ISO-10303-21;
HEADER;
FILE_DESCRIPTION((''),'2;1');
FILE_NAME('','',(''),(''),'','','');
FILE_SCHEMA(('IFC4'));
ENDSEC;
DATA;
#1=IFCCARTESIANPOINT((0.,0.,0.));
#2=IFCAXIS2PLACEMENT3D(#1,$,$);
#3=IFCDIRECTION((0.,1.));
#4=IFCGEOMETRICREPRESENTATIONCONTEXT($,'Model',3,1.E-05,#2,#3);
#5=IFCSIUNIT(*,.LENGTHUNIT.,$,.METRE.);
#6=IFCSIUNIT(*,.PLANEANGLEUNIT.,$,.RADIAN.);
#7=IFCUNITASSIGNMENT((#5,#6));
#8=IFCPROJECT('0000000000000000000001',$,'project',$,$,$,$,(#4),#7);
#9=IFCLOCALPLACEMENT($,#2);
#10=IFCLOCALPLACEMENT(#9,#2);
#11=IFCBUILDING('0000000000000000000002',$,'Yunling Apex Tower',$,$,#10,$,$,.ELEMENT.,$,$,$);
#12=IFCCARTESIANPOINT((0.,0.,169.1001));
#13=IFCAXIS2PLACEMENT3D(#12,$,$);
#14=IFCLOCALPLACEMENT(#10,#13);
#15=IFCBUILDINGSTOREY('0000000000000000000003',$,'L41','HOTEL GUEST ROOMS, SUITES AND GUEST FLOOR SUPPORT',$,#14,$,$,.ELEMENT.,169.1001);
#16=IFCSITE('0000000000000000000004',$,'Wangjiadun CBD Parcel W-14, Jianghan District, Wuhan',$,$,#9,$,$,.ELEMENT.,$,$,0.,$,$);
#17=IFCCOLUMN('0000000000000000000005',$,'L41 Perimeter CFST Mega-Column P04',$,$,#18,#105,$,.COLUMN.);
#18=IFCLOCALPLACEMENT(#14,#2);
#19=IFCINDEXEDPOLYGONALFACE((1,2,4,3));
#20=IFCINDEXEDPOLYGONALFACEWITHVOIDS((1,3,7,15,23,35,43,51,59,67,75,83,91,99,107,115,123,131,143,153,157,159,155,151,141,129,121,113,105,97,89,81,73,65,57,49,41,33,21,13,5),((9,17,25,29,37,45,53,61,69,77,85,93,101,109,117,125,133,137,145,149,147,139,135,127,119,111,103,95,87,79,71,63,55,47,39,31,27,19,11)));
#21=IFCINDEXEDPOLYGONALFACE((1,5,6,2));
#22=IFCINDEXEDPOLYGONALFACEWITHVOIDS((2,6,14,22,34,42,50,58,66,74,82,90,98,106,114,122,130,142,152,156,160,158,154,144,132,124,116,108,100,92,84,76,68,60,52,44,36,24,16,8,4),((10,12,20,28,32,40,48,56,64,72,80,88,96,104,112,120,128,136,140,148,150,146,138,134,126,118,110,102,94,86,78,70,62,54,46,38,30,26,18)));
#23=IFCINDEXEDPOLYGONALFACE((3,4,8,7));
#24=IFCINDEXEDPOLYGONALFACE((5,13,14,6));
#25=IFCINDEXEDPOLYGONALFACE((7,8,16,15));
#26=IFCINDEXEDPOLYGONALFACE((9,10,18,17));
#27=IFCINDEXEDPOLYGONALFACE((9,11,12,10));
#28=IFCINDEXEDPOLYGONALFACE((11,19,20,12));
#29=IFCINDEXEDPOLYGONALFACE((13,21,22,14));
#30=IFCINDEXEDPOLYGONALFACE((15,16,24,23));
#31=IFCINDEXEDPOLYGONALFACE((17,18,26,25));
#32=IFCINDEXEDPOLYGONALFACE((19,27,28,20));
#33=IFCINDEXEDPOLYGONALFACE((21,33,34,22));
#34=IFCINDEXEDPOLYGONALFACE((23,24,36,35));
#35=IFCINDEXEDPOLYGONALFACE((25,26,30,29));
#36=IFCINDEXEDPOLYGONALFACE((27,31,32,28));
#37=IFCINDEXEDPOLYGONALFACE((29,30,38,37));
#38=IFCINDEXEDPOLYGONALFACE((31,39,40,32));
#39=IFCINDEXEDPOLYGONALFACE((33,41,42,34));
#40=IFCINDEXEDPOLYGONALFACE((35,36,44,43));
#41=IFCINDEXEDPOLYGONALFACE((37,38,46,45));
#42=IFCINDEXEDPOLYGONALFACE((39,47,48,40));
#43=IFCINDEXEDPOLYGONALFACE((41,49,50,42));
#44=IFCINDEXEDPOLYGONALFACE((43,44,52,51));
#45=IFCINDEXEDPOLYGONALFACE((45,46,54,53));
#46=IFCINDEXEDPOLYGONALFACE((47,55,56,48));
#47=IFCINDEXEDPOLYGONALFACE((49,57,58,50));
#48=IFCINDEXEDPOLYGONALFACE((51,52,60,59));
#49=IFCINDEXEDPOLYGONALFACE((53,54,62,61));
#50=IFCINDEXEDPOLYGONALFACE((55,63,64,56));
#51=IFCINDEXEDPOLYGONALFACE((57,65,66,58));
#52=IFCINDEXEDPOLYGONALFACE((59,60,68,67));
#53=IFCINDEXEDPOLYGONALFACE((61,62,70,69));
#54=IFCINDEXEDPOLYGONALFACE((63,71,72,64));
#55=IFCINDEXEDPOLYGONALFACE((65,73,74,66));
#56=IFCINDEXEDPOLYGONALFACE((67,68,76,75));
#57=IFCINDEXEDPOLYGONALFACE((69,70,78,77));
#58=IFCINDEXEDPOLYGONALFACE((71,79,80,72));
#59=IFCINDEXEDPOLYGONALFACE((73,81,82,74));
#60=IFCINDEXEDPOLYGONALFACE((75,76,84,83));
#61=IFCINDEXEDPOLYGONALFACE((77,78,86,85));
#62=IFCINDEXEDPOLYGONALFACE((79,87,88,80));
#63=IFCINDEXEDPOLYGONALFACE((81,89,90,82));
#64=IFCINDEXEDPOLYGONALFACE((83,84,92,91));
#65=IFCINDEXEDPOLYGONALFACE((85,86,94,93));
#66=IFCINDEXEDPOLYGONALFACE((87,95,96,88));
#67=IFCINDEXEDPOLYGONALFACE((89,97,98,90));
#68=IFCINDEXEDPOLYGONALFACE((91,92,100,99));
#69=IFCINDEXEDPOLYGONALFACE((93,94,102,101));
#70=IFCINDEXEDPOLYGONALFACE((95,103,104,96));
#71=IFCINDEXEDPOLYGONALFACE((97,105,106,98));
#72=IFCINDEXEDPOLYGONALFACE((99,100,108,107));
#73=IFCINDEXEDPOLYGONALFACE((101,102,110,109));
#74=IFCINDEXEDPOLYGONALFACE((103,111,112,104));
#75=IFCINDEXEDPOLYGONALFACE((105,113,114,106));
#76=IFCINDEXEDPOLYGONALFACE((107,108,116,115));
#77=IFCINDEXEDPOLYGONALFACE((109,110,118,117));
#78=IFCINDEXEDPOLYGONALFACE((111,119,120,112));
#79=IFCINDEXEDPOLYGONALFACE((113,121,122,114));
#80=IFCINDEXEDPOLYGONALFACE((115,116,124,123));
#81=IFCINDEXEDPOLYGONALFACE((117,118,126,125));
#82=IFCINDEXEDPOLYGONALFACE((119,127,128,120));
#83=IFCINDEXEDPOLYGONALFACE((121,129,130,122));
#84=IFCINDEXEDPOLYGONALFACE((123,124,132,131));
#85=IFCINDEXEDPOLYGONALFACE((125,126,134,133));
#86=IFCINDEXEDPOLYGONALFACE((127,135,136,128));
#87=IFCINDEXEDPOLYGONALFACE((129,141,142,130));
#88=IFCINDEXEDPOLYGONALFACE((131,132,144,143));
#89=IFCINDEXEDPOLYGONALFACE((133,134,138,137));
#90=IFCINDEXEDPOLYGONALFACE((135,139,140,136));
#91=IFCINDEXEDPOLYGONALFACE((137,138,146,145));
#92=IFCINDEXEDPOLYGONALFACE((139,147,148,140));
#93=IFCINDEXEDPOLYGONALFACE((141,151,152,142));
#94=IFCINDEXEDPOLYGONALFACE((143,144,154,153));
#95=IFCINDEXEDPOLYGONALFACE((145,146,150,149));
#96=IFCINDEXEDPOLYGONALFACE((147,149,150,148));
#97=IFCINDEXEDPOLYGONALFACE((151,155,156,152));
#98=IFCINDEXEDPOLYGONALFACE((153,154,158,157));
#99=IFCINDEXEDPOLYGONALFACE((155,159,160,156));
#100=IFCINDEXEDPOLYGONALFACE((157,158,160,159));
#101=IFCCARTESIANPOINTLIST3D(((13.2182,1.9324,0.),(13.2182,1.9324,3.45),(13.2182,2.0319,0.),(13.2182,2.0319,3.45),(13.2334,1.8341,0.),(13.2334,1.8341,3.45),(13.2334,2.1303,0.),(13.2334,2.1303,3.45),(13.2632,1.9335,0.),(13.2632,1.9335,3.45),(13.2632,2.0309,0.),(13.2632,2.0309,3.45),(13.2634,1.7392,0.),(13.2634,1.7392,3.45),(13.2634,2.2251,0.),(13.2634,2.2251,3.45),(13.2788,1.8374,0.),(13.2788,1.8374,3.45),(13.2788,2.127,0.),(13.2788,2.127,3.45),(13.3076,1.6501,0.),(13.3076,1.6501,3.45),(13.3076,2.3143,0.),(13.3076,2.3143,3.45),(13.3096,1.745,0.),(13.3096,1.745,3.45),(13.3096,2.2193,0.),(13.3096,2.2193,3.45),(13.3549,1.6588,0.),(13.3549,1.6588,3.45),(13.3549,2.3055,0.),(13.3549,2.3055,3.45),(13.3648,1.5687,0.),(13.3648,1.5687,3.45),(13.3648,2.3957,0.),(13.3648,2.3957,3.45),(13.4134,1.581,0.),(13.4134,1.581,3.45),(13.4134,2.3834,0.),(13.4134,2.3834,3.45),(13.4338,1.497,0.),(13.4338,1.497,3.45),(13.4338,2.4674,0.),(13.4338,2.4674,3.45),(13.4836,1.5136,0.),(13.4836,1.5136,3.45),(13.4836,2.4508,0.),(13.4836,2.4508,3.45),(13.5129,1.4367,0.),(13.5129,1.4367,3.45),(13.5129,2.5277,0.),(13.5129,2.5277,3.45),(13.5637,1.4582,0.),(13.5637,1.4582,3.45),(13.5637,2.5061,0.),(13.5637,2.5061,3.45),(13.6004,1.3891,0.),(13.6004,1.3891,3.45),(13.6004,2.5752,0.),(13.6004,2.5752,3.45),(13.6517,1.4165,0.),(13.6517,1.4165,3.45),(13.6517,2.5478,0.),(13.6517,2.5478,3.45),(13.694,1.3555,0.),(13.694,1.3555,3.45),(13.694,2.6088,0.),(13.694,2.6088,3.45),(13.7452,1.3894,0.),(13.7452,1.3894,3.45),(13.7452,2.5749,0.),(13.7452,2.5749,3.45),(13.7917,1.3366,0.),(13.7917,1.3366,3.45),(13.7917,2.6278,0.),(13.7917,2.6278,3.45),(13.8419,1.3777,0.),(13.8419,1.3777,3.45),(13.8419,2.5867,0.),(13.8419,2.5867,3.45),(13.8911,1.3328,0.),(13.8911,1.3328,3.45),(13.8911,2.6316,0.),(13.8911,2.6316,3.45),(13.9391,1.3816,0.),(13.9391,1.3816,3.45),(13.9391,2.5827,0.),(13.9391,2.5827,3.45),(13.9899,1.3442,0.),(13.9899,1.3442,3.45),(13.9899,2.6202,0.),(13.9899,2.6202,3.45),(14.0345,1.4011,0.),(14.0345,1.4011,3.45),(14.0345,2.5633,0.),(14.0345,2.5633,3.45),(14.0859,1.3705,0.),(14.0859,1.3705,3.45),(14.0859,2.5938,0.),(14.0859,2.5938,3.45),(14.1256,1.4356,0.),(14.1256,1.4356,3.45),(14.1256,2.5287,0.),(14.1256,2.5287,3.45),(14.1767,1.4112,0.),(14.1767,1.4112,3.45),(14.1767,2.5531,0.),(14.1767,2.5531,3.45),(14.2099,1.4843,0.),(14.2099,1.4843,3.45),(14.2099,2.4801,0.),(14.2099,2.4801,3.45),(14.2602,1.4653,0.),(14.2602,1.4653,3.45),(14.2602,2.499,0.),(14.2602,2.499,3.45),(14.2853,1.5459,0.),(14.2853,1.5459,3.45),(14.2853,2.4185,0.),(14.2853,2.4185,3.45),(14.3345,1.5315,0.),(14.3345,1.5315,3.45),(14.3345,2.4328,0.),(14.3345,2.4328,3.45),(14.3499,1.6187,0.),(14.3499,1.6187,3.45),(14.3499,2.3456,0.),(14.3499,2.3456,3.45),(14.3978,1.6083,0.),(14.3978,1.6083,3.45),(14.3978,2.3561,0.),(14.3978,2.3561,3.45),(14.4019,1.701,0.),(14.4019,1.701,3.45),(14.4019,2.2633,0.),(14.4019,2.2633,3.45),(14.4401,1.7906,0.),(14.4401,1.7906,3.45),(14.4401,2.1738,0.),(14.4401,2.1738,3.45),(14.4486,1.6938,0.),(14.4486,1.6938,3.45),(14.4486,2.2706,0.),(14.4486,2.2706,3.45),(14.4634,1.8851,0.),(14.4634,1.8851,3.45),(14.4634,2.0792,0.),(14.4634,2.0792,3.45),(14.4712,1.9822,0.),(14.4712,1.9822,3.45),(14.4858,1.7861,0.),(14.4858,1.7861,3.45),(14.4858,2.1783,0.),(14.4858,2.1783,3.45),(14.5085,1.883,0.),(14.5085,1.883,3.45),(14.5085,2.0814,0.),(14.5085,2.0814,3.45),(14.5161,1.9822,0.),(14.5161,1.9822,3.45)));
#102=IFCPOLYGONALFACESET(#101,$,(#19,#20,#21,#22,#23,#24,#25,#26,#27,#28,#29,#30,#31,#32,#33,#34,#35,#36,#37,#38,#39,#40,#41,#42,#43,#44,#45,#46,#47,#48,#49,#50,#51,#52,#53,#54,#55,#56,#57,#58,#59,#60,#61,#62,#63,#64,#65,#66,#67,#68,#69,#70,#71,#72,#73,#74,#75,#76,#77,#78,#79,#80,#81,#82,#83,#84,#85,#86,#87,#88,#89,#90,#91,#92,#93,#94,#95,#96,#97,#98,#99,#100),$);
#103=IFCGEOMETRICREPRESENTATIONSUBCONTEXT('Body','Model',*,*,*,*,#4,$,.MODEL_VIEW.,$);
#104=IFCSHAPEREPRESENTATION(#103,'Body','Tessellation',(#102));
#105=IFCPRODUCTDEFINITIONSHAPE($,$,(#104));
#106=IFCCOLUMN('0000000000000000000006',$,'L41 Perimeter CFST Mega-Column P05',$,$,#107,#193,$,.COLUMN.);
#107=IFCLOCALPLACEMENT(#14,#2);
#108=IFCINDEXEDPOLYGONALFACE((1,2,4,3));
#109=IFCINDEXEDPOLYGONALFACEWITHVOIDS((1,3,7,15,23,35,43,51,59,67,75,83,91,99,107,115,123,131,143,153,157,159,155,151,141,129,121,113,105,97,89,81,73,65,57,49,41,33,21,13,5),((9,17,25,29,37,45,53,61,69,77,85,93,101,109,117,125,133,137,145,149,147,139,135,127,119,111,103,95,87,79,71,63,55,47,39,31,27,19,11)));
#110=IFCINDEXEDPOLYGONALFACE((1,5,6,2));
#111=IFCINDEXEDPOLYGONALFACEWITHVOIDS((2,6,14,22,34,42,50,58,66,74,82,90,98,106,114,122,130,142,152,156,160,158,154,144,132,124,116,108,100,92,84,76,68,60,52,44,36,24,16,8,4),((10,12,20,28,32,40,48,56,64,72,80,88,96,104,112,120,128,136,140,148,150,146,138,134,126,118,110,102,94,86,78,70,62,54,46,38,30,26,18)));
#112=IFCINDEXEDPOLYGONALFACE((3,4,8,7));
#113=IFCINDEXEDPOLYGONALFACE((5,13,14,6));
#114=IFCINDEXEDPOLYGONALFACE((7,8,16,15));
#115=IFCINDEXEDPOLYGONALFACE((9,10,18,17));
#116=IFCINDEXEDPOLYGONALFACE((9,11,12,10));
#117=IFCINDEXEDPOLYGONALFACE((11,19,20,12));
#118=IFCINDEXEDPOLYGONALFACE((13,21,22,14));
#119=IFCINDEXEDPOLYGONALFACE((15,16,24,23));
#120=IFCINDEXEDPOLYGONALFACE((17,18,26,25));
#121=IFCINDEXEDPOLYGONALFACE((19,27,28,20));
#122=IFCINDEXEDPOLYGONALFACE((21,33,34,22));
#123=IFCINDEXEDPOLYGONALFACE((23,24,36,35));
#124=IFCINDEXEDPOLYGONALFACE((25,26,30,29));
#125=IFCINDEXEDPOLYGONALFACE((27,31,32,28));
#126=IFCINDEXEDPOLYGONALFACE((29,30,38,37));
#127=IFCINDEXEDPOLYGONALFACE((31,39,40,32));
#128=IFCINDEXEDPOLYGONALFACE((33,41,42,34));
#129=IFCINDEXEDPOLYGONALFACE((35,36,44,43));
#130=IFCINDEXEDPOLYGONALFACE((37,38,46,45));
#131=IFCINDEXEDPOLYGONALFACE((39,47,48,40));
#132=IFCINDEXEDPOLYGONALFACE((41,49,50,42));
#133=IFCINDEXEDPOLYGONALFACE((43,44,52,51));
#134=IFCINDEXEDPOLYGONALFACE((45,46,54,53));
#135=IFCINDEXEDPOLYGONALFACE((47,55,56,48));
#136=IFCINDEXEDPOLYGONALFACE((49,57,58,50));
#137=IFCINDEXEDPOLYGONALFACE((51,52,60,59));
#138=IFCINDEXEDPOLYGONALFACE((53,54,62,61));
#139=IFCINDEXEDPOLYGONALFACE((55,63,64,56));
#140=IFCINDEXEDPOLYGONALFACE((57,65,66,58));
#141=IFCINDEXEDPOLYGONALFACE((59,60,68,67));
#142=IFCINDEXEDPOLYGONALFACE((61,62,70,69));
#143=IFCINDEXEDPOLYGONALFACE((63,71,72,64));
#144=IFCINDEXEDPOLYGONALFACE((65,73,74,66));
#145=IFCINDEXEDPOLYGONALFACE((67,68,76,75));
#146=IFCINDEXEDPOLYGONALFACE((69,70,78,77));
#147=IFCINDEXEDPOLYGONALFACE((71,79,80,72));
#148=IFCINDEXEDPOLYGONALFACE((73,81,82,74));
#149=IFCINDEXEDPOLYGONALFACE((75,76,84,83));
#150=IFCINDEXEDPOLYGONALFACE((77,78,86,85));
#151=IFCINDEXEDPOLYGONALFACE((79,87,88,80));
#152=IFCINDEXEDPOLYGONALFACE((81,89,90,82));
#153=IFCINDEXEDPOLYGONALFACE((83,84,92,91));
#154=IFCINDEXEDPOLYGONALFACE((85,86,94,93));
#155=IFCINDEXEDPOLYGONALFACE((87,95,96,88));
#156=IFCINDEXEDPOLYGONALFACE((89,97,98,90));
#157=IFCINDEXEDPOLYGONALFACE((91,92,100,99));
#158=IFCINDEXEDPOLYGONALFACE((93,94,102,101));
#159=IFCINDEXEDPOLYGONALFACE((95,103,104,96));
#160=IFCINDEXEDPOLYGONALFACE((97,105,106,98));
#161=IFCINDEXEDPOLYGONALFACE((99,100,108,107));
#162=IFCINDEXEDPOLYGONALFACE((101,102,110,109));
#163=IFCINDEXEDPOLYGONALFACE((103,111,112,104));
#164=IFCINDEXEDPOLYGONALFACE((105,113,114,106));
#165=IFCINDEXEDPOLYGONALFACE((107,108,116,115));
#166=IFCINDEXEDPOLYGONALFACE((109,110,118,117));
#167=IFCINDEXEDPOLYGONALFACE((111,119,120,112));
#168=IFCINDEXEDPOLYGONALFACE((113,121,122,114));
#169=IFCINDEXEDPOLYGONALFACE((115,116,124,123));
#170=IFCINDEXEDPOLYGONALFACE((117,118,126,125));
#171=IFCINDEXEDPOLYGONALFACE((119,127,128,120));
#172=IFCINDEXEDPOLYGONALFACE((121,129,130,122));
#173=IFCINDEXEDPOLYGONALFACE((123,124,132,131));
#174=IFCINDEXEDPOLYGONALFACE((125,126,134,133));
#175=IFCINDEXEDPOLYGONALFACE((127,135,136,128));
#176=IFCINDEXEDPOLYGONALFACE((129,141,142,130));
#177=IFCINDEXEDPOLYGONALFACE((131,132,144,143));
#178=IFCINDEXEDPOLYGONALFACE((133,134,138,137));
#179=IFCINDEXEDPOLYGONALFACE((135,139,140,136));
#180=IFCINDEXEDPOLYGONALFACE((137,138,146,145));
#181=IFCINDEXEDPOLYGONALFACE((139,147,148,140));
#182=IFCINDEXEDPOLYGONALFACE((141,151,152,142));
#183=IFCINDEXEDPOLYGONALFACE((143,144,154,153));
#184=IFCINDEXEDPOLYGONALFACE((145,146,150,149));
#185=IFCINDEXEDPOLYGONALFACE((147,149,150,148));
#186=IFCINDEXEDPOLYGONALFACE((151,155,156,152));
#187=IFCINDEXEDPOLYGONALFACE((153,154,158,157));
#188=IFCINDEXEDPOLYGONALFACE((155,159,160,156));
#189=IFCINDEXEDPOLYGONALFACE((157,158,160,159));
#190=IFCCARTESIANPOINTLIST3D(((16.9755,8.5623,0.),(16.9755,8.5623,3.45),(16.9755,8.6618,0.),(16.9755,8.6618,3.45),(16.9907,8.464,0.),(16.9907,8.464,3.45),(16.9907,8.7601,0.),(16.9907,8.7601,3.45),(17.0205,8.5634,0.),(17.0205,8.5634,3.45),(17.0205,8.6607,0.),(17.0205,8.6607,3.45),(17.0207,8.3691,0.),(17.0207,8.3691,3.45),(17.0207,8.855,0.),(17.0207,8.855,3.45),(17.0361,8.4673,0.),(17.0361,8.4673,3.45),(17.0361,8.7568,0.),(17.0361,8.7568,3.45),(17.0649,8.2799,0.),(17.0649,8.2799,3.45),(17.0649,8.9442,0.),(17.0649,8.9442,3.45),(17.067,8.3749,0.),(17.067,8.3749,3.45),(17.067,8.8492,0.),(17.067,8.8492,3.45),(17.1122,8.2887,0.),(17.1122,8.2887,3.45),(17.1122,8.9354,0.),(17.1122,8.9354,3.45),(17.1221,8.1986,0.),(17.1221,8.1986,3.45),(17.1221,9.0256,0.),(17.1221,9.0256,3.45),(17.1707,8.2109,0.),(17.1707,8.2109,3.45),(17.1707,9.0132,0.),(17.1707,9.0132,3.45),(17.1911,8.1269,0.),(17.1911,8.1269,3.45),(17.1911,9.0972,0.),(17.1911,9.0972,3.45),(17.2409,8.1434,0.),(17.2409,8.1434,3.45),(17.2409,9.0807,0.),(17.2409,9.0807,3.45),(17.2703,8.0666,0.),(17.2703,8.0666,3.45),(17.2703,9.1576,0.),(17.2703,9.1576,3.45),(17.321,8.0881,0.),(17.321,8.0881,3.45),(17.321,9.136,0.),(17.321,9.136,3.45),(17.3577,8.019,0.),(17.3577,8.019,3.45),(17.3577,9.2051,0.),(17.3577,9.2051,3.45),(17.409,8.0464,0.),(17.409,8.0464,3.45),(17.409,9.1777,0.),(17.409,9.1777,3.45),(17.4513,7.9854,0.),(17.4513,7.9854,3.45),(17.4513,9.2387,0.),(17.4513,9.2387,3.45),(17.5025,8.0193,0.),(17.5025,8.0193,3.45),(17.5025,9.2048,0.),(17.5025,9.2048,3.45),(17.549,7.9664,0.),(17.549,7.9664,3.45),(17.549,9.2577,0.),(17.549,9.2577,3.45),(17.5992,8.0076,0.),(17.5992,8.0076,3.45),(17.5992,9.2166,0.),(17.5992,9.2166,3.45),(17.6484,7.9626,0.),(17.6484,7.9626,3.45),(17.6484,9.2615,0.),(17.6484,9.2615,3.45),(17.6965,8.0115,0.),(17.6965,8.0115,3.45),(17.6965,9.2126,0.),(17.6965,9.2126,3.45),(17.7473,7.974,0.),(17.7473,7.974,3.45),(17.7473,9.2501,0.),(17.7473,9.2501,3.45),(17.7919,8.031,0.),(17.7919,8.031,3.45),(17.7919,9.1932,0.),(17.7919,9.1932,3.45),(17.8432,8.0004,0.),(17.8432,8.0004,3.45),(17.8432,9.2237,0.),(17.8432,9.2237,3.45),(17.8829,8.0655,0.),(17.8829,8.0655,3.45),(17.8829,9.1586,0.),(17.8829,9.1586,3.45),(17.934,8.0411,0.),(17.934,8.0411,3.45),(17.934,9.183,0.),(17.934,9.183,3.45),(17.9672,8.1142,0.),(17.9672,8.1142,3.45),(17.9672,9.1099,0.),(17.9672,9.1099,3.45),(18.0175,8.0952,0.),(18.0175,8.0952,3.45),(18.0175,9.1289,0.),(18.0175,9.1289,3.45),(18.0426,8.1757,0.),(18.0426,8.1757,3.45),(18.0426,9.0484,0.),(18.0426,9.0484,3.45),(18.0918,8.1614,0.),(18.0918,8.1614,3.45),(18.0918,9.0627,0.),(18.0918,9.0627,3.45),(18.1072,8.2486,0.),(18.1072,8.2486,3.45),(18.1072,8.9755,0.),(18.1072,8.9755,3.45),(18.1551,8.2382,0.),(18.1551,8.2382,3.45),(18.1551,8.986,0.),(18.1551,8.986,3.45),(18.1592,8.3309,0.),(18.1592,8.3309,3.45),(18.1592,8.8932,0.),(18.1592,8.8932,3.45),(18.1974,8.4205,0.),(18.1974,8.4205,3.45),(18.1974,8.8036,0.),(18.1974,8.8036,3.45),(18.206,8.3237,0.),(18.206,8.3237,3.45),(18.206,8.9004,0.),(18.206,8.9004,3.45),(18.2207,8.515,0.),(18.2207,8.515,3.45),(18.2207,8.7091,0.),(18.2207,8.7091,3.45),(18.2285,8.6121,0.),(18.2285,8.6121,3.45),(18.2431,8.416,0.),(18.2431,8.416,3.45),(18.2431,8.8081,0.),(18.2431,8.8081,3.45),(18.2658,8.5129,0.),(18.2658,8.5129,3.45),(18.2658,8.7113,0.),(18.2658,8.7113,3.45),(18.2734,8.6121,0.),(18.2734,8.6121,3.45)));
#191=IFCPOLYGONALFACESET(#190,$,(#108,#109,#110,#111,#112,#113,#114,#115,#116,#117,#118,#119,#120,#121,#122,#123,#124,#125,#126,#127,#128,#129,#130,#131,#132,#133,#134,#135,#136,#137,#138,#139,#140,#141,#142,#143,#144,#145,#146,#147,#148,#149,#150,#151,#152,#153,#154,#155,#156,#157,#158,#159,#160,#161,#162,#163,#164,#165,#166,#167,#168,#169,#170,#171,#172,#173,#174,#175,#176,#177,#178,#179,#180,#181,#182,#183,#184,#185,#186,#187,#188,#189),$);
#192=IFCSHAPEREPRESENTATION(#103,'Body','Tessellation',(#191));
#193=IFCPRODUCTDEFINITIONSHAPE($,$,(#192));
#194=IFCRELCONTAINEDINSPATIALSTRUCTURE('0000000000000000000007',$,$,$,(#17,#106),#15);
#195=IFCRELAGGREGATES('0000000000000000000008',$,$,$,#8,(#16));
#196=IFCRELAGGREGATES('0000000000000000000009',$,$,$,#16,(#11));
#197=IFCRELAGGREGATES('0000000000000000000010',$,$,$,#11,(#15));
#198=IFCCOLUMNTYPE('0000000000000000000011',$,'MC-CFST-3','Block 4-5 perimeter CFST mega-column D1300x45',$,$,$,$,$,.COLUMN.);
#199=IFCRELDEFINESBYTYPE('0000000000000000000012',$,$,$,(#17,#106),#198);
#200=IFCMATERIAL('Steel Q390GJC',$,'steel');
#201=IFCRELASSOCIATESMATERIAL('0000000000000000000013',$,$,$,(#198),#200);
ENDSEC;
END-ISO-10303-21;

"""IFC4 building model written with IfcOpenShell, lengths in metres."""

from ifc_helpers import new_model, si_unit, direction, frame, origin, origin_2d, place, context, subcontext, project, spatial, hollow_circle, extrude, source, transform, mapped, material, material_profile, profile_set, type_object, element, save


model = new_model("IFC4")

# Units and contexts
model_context = context("Model", 3, precision=1e-05, world=origin(), true_north=direction((0.0, 1.0)))
body_context = subcontext(model_context, "Body", "Model", "MODEL_VIEW")
ifc_project = project(units=[si_unit("LENGTHUNIT", "METRE"), si_unit("PLANEANGLEUNIT", "RADIAN")], contexts=[model_context])

# Site, building, storey
site_placement = place(None, origin())
site = spatial("IfcSite", under=ifc_project, at=site_placement, Name="Wangjiadun CBD Parcel W-14, Jianghan District, Wuhan", CompositionType="ELEMENT", RefElevation=0.0)
building_placement = place(site_placement, origin())
building = spatial("IfcBuilding", under=site, at=building_placement, Name="Yunling Apex Tower", CompositionType="ELEMENT")
storey_placement = place(building_placement, frame((0.0, 0.0, 169.1001)))
storey = spatial("IfcBuildingStorey", under=building, at=storey_placement, Name="L41", Description="HOTEL GUEST ROOMS, SUITES AND GUEST FLOOR SUPPORT", CompositionType="ELEMENT", Elevation=169.1001)

# Columns
ifc_material_1 = material(Name="Steel Q390GJC", Category="steel")
ifc_material_profile_1 = material_profile(ifc_material_1, hollow_circle(Radius=0.6499, WallThickness=0.0449, at=origin_2d()))
ifc_profile_set_1 = profile_set([ifc_material_profile_1], Name="Steel Q390GJC")
column_type = type_object("IfcColumnType", Name="MC-CFST-3", Description="Block 4-5 perimeter CFST mega-column D1300x45", PredefinedType="COLUMN", material=ifc_profile_set_1)
shared_shape_1 = source(origin(), body_context, "Body", "SweptSolid", [
    extrude(hollow_circle(Radius=0.6499, WallThickness=0.0449, at=origin_2d()), origin(), (0.0, 0.0, 1.0), 3.45),
])
for number, where, z_axis, x_axis, name in (
    (1, (13.8662, 1.9822, 0.0), (0.0, 0.0, 1.0), (1.0, 0.0, 0.0), "L41 Perimeter CFST Mega-Column P04"),
    (2, (17.6235, 8.6121, 0.0), (0.0, 0.0, 1.0), (1.0, 0.0, 0.0), "L41 Perimeter CFST Mega-Column P05"),
):
    element("IfcColumn", number, at=place(storey_placement, frame(where, z_axis=z_axis, x_axis=x_axis)), inside=storey, type_object=column_type, Name=name, PredefinedType="COLUMN", context=body_context, shape_type="MappedRepresentation", body=[
        mapped(shared_shape_1, transform((0.0, 0.0, 0.0), scale=1.0)),
    ])

save(model, "model.ifc")
